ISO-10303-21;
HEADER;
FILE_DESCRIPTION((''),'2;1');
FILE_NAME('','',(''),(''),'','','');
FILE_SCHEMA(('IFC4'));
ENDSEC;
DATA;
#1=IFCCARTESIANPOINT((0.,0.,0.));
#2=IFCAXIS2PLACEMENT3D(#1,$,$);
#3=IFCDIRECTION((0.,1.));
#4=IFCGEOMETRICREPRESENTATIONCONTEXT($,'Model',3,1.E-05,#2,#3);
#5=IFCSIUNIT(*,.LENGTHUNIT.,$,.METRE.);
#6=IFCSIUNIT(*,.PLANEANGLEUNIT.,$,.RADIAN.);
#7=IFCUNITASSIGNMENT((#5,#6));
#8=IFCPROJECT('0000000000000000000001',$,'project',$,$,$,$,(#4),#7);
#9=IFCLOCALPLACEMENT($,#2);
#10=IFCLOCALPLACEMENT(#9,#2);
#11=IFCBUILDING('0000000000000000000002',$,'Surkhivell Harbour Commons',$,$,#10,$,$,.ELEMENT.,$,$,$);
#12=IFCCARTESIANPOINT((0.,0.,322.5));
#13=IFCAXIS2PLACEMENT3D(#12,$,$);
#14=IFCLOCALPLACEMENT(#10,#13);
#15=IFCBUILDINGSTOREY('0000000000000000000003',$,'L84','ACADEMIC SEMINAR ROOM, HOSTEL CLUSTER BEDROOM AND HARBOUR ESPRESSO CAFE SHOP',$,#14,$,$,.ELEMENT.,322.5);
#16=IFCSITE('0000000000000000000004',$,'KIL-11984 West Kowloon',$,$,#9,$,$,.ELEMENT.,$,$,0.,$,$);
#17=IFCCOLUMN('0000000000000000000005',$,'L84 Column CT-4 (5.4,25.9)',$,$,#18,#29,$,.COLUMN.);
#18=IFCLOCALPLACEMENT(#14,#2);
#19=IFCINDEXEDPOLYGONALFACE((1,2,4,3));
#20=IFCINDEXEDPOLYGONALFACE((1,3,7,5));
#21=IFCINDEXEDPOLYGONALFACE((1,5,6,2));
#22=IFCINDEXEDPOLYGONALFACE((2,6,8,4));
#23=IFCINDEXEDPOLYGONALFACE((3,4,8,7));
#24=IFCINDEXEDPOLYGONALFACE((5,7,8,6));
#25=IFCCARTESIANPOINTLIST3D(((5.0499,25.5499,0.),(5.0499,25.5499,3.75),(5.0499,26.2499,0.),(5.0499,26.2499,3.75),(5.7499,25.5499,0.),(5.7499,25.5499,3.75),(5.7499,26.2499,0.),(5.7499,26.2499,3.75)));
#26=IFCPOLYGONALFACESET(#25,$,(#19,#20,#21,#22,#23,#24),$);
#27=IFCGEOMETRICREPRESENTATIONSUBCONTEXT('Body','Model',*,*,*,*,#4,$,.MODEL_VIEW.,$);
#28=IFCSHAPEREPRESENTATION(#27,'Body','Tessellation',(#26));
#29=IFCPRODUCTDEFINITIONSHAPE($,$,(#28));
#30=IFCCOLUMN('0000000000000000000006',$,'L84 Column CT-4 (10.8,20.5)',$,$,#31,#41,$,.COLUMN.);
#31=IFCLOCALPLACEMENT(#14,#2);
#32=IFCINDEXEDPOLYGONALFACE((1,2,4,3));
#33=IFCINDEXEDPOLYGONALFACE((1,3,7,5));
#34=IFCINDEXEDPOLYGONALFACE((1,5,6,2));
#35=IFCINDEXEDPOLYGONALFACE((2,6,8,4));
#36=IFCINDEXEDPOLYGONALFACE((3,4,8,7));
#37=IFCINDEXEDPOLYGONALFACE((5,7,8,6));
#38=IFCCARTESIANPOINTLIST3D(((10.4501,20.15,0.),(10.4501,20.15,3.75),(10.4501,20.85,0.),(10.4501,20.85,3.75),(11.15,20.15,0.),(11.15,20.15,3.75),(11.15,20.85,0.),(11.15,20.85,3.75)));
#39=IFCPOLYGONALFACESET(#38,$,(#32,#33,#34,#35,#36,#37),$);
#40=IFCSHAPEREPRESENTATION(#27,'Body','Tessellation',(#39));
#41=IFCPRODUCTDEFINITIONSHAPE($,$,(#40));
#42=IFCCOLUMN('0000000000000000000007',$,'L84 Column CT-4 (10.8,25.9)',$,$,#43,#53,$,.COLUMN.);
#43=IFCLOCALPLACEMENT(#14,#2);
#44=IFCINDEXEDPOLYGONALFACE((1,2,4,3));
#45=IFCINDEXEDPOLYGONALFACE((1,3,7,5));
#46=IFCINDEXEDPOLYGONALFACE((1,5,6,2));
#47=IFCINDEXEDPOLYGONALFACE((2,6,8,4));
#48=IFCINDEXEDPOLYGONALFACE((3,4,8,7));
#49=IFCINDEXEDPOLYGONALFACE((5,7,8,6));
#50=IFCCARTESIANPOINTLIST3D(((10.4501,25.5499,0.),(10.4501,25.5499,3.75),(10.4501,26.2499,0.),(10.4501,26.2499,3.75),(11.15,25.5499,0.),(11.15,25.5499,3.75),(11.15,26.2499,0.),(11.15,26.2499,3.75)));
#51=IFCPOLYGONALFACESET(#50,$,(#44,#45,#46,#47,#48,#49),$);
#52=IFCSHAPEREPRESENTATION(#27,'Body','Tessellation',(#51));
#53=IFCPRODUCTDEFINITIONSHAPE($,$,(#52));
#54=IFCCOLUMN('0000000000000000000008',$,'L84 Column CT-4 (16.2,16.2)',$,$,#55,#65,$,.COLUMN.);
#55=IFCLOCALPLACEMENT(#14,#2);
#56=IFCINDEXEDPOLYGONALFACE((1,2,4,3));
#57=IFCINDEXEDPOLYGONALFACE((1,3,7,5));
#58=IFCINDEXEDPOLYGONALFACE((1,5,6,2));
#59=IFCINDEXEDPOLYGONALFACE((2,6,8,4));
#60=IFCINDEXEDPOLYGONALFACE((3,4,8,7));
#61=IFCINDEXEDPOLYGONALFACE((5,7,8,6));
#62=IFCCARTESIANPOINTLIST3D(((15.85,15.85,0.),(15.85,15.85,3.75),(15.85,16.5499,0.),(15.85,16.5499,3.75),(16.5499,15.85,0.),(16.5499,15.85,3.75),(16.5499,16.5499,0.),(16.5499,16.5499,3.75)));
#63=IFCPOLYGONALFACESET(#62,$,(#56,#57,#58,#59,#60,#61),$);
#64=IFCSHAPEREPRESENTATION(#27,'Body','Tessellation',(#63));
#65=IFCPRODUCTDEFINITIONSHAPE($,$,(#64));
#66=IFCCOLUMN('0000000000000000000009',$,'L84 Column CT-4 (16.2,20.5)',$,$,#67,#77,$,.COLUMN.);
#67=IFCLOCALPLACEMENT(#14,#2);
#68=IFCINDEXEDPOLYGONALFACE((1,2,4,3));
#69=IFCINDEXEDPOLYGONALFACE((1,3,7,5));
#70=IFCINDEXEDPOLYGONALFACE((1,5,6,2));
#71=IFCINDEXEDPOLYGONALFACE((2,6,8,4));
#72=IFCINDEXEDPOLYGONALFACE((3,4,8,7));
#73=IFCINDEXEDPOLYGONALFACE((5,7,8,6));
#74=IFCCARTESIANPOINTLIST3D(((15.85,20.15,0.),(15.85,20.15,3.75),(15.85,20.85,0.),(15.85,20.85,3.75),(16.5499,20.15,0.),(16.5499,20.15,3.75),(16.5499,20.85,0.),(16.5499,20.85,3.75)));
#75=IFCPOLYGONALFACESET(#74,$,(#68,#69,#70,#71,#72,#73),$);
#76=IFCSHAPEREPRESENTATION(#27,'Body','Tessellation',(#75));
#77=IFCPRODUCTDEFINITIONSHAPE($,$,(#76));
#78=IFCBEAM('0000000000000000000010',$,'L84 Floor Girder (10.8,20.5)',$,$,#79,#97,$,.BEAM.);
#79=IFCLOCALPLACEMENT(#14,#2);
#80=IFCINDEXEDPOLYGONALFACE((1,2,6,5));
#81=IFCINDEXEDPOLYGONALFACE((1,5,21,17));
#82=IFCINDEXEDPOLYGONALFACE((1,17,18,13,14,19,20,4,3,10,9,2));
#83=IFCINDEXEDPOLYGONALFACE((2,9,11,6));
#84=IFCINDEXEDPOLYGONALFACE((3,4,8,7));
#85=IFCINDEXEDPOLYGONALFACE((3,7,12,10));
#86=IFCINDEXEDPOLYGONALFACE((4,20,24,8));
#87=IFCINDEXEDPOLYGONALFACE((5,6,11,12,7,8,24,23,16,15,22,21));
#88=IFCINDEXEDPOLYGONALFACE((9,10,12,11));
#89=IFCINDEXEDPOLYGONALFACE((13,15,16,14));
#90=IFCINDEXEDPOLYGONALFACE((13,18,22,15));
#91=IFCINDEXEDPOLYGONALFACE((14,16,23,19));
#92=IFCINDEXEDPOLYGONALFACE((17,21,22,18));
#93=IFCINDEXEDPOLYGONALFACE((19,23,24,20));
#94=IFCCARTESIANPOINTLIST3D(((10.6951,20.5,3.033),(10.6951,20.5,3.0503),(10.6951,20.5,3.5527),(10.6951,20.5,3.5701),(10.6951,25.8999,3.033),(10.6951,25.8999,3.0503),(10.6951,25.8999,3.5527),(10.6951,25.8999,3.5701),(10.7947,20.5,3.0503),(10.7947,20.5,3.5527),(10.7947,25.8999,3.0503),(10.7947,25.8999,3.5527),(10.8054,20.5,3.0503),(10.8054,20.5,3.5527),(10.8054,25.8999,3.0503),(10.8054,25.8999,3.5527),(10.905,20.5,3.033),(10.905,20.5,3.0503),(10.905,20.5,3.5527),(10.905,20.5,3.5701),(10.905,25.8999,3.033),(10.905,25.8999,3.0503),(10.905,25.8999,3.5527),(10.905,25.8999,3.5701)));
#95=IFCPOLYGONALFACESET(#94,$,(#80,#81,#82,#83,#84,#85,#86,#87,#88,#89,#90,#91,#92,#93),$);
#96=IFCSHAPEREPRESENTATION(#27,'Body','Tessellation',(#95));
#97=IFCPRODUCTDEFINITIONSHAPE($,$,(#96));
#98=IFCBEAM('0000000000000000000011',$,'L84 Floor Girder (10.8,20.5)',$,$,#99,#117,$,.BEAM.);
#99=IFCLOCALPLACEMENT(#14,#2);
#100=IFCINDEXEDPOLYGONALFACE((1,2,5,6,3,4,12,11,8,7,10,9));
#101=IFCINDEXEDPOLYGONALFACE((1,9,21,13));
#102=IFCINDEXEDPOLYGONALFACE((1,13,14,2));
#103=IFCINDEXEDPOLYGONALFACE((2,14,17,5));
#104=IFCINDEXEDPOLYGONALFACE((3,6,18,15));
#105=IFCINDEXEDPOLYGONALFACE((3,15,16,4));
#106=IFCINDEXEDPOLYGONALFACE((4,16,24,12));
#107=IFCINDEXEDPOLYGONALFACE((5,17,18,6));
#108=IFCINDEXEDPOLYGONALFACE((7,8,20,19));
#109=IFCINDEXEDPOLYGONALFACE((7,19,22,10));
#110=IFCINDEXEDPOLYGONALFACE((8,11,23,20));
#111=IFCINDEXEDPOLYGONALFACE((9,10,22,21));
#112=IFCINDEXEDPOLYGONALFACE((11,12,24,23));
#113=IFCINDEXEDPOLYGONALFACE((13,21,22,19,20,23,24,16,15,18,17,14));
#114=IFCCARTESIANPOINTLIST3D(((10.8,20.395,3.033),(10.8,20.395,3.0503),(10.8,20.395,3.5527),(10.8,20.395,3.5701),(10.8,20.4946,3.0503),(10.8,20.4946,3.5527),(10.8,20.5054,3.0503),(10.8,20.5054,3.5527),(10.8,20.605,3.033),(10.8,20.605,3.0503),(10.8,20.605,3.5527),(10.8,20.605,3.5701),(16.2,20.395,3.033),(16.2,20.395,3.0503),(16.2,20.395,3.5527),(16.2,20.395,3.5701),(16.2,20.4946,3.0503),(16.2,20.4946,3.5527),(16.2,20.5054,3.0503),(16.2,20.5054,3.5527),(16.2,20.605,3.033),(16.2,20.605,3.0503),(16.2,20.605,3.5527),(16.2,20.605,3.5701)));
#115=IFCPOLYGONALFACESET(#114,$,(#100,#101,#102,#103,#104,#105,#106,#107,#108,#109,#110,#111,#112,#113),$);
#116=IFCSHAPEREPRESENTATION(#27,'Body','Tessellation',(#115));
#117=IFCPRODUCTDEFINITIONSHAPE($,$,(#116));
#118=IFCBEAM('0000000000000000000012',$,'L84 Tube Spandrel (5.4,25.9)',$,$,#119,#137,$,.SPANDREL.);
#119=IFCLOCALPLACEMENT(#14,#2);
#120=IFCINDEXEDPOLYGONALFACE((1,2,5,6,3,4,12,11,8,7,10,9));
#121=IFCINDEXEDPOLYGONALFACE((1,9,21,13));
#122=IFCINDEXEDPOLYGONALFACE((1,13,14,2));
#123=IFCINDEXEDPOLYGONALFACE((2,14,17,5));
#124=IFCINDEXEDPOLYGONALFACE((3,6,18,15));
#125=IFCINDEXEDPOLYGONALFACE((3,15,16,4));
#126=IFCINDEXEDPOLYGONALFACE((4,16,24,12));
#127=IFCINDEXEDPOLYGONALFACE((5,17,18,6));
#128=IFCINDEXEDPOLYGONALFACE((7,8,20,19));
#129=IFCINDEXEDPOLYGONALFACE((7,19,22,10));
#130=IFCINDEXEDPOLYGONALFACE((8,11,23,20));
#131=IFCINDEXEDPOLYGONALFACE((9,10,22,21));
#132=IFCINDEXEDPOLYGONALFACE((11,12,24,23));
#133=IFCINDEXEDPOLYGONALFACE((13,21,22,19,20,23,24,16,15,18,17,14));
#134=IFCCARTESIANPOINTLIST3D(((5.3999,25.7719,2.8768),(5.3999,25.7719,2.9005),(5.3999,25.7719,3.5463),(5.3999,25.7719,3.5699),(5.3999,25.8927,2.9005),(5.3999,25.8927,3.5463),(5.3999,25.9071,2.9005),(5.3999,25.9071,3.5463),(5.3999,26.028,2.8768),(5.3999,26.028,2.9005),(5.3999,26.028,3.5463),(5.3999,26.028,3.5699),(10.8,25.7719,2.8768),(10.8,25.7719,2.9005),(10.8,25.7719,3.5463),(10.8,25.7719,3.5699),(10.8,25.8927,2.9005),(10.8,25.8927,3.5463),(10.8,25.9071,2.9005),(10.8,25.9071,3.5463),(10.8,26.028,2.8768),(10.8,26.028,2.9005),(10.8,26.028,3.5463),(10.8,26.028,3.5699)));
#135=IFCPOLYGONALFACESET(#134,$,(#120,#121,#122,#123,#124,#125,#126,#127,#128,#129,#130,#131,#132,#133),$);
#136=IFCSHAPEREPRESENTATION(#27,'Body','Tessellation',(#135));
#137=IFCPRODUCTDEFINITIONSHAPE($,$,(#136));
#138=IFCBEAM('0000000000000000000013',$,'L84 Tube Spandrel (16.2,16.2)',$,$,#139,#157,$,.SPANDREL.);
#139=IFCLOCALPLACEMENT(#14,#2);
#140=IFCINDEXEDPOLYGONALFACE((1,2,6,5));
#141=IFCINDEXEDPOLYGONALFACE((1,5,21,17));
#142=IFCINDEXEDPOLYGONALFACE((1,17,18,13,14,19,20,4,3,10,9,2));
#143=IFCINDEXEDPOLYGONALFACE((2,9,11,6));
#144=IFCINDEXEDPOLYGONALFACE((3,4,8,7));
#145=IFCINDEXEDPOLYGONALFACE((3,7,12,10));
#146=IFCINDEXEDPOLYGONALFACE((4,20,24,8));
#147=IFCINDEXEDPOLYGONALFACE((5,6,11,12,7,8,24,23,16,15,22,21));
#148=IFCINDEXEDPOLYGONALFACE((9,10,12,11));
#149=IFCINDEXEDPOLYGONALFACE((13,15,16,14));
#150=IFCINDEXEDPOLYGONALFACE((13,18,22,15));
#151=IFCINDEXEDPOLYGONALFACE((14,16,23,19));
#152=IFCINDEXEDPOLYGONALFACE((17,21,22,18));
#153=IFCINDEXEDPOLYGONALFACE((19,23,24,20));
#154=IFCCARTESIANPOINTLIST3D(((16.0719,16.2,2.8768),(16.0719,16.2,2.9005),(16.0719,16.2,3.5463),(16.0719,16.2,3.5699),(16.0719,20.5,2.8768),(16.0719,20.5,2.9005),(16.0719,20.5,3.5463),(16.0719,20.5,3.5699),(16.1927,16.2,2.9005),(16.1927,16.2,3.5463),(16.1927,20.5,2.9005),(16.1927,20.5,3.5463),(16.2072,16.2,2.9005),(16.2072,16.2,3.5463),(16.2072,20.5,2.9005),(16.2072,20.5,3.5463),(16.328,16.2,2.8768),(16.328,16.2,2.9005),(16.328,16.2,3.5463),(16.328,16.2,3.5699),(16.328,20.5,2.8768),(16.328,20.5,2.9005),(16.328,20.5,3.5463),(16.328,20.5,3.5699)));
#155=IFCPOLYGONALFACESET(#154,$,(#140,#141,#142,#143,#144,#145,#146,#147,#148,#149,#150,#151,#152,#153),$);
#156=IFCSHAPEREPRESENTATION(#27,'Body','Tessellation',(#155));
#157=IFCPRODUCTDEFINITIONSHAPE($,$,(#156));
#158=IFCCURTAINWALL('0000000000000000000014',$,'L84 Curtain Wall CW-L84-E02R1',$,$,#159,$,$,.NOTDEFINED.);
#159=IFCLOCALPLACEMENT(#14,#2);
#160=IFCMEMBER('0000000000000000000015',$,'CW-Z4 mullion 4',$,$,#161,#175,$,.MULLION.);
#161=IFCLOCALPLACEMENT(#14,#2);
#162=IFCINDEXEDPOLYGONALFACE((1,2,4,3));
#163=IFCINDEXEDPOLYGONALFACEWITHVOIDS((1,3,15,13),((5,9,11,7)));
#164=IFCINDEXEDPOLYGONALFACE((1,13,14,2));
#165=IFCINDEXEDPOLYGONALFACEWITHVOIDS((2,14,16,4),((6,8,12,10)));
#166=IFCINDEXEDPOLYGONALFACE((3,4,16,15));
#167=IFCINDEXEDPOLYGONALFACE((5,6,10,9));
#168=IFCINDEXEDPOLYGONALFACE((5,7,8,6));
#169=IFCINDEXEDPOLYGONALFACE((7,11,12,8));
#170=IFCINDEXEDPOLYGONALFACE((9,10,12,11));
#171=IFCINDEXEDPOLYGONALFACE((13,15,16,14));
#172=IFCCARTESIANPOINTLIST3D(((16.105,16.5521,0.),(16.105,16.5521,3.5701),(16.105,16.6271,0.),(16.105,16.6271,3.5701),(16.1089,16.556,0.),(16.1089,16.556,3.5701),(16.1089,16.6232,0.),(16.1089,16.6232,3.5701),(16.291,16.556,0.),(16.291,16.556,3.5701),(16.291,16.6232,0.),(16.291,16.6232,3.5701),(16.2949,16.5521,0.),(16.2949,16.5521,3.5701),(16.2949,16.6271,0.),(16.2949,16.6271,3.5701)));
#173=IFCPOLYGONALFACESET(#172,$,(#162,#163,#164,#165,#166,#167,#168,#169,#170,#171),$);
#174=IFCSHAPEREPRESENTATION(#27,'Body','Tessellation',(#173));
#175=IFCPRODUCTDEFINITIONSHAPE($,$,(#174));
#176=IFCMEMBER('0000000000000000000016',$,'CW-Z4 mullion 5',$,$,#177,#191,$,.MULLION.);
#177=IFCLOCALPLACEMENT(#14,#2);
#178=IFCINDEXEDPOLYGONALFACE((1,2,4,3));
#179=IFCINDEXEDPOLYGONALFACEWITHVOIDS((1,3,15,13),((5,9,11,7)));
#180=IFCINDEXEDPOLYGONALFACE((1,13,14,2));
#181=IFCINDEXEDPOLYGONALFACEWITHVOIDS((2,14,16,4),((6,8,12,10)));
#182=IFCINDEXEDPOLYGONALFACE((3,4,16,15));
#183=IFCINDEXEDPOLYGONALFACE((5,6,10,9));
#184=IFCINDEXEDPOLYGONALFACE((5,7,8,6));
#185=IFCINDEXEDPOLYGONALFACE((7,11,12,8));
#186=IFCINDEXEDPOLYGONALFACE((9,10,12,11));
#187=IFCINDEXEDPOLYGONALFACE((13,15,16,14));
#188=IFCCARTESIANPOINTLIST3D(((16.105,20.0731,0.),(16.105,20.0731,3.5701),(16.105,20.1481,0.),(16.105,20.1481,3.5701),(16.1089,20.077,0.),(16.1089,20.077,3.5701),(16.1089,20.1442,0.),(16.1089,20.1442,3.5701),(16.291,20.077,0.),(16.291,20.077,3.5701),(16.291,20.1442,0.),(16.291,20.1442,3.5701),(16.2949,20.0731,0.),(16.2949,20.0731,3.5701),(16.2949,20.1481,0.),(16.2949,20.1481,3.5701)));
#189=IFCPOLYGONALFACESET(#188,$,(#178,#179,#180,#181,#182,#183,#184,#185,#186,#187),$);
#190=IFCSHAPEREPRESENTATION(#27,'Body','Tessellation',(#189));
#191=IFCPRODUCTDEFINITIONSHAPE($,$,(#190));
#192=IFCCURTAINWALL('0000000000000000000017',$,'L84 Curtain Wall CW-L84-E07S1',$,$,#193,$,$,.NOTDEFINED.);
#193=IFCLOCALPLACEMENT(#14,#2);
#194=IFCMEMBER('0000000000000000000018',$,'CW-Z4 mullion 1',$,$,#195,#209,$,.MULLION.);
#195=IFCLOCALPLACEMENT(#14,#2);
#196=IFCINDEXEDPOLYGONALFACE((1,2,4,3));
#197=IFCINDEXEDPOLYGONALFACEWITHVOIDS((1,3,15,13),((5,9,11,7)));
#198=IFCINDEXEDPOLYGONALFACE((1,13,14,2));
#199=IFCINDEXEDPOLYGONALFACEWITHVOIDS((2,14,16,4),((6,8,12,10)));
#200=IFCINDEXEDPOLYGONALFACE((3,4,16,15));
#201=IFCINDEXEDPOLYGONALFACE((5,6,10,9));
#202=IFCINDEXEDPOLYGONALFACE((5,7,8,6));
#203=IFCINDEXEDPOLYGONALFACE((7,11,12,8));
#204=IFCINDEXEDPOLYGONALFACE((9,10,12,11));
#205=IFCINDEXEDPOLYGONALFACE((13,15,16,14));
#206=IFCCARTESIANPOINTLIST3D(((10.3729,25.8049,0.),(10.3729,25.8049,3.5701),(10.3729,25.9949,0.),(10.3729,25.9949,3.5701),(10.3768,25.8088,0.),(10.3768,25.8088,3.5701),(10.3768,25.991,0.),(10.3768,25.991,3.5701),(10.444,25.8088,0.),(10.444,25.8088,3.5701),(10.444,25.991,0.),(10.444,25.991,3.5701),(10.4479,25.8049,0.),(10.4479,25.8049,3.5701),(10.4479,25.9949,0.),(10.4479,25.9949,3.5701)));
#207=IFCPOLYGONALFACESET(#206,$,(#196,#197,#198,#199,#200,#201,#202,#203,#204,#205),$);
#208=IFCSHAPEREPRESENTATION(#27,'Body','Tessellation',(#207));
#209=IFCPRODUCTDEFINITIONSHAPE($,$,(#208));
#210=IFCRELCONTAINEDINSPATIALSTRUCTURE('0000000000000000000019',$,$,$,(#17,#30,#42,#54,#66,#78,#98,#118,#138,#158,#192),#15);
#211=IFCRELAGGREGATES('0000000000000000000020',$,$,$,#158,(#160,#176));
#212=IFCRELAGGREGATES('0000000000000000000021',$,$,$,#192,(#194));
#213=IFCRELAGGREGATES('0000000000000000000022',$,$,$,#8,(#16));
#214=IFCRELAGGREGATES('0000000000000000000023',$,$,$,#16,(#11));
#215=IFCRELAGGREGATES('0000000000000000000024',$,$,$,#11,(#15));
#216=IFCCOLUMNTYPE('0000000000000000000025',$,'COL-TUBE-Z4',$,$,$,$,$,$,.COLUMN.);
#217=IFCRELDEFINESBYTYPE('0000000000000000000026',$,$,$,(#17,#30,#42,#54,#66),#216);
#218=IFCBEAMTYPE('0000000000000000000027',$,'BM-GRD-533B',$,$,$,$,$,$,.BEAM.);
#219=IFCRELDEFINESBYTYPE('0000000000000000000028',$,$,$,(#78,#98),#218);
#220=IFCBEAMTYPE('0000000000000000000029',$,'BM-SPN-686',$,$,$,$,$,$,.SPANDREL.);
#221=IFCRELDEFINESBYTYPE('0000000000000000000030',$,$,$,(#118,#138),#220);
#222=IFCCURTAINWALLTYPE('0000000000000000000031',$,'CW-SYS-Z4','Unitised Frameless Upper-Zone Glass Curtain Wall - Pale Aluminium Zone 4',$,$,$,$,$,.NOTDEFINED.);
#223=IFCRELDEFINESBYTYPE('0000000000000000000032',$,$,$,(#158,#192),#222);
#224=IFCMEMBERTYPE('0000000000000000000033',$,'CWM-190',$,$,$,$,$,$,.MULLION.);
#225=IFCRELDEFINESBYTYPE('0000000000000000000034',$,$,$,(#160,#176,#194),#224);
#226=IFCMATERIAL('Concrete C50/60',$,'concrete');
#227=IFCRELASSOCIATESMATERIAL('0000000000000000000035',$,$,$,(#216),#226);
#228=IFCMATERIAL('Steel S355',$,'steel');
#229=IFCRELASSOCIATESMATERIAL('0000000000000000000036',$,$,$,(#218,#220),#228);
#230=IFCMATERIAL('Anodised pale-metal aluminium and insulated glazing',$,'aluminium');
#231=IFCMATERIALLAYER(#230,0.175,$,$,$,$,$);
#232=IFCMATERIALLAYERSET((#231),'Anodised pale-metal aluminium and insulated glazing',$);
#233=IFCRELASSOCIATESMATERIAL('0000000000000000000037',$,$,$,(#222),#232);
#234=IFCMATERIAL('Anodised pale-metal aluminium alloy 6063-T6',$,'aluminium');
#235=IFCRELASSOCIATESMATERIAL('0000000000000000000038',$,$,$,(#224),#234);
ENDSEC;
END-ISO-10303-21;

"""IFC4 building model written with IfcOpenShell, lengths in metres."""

from ifc_helpers import new_model, si_unit, direction, frame, origin, origin_2d, place, context, subcontext, project, spatial, rectangle, hollow_rectangle, i_section, extrude, material, layer, layer_set, material_profile, profile_set, type_object, element, aggregate, save


model = new_model("IFC4")

# Units and contexts
model_context = context("Model", 3, precision=1e-05, world=origin(), true_north=direction((0.0, 1.0)))
body_context = subcontext(model_context, "Body", "Model", "MODEL_VIEW")
ifc_project = project(units=[si_unit("LENGTHUNIT", "METRE"), si_unit("PLANEANGLEUNIT", "RADIAN")], contexts=[model_context])

# Site, building, storey
site_placement = place(None, origin())
site = spatial("IfcSite", under=ifc_project, at=site_placement, Name="KIL-11984 West Kowloon", CompositionType="ELEMENT", RefElevation=0.0)
building_placement = place(site_placement, origin())
building = spatial("IfcBuilding", under=site, at=building_placement, Name="Surkhivell Harbour Commons", CompositionType="ELEMENT")
storey_placement = place(building_placement, frame((0.0, 0.0, 322.5)))
storey = spatial("IfcBuildingStorey", under=building, at=storey_placement, Name="L84", Description="ACADEMIC SEMINAR ROOM, HOSTEL CLUSTER BEDROOM AND HARBOUR ESPRESSO CAFE SHOP", CompositionType="ELEMENT", Elevation=322.5)

# Columns
ifc_material_1 = material(Name="Concrete C50/60", Category="concrete")
ifc_material_profile_1 = material_profile(ifc_material_1, rectangle(XDim=0.7, YDim=0.7, at=origin_2d()), Name="RC-COL-700x700")
ifc_profile_set_1 = profile_set([ifc_material_profile_1], Name="Concrete C50/60")
column_type = type_object("IfcColumnType", Name="COL-TUBE-Z4", PredefinedType="COLUMN", material=ifc_profile_set_1)
for number, where, z_axis, x_axis, name in (
    (1, (5.3999, 25.8999, 0.0), (0.0, 0.0, 1.0), (1.0, 0.0, 0.0), "L84 Column CT-4 (5.4,25.9)"),
    (2, (10.8, 20.5, 0.0), (0.0, 0.0, 1.0), (1.0, 0.0, 0.0), "L84 Column CT-4 (10.8,20.5)"),
    (3, (10.8, 25.8999, 0.0), (0.0, 0.0, 1.0), (1.0, 0.0, 0.0), "L84 Column CT-4 (10.8,25.9)"),
    (4, (16.2, 16.2, 0.0), (0.0, 0.0, 1.0), (1.0, 0.0, 0.0), "L84 Column CT-4 (16.2,16.2)"),
    (5, (16.2, 20.5, 0.0), (0.0, 0.0, 1.0), (1.0, 0.0, 0.0), "L84 Column CT-4 (16.2,20.5)"),
):
    element("IfcColumn", number, at=place(storey_placement, frame(where, z_axis=z_axis, x_axis=x_axis)), inside=storey, type_object=column_type, Name=name, PredefinedType="COLUMN", context=body_context, shape_type="SweptSolid", body=[
        extrude(rectangle(XDim=0.7, YDim=0.7, at=origin_2d()), origin(), (0.0, 0.0, 1.0), 3.75),
    ])

# Beams
ifc_material_2 = material(Name="Steel S355", Category="steel")
ifc_material_profile_2 = material_profile(ifc_material_2, i_section(OverallWidth=0.21, OverallDepth=0.5371, WebThickness=0.0107, FlangeThickness=0.0173, at=origin_2d()), Name="UB533x210x101")
ifc_profile_set_2 = profile_set([ifc_material_profile_2], Name="Steel S355")
beam_type_1 = type_object("IfcBeamType", Name="BM-GRD-533B", PredefinedType="BEAM", material=ifc_profile_set_2)
for number, where, z_axis, x_axis, name in (
    (6, (10.8, 20.5, 3.3015), (0.0, 1.0, 0.0), (-1.0, 0.0, 0.0), "L84 Floor Girder (10.8,20.5)"),
    (7, (10.8, 20.5, 3.3015), (1.0, 0.0, 0.0), (0.0, 1.0, 0.0), "L84 Floor Girder (10.8,20.5)"),
):
    element("IfcBeam", number, at=place(storey_placement, frame(where, z_axis=z_axis, x_axis=x_axis)), inside=storey, type_object=beam_type_1, Name=name, PredefinedType="BEAM", context=body_context, shape_type="SweptSolid", body=[
        extrude(i_section(OverallWidth=0.21, OverallDepth=0.5371, WebThickness=0.0107, FlangeThickness=0.0173, at=origin_2d()), origin(), (0.0, 0.0, 1.0), 5.3999),
    ])
ifc_material_profile_3 = material_profile(ifc_material_2, i_section(OverallWidth=0.2561, OverallDepth=0.6931, WebThickness=0.0144, FlangeThickness=0.0237, at=origin_2d()), Name="UB686x254x170")
ifc_profile_set_3 = profile_set([ifc_material_profile_3], Name="Steel S355")
beam_type_2 = type_object("IfcBeamType", Name="BM-SPN-686", PredefinedType="SPANDREL", material=ifc_profile_set_3)
beam_1_placement = place(storey_placement, frame((5.3999, 25.8999, 3.2234), z_axis=(1.0, 0.0, 0.0), x_axis=(0.0, 1.0, 0.0)))
element("IfcBeam", 8, at=beam_1_placement, inside=storey, type_object=beam_type_2, Name="L84 Tube Spandrel (5.4,25.9)", PredefinedType="SPANDREL", context=body_context, shape_type="SweptSolid", body=[
    extrude(i_section(OverallWidth=0.2561, OverallDepth=0.6931, WebThickness=0.0144, FlangeThickness=0.0237, at=origin_2d()), origin(), (0.0, 0.0, 1.0), 5.4001),
])
beam_2_placement = place(storey_placement, frame((16.2, 16.2, 3.2234), z_axis=(0.0, 1.0, 0.0), x_axis=(-1.0, 0.0, 0.0)))
element("IfcBeam", 9, at=beam_2_placement, inside=storey, type_object=beam_type_2, Name="L84 Tube Spandrel (16.2,16.2)", PredefinedType="SPANDREL", context=body_context, shape_type="SweptSolid", body=[
    extrude(i_section(OverallWidth=0.2561, OverallDepth=0.6931, WebThickness=0.0144, FlangeThickness=0.0237, at=origin_2d()), origin(), (0.0, 0.0, 1.0), 4.3),
])

# Curtain walls, members
ifc_material_3 = material(Name="Anodised pale-metal aluminium and insulated glazing", Category="aluminium")
ifc_layer_1 = layer(ifc_material_3, 0.175)
ifc_layer_set_1 = layer_set([ifc_layer_1], Name="Anodised pale-metal aluminium and insulated glazing")
curtain_wall_type = type_object("IfcCurtainWallType", Name="CW-SYS-Z4", Description="Unitised Frameless Upper-Zone Glass Curtain Wall - Pale Aluminium Zone 4", PredefinedType="NOTDEFINED", material=ifc_layer_set_1)
curtain_wall_1_placement = place(storey_placement, origin())
curtain_wall_1 = element("IfcCurtainWall", 10, at=curtain_wall_1_placement, inside=storey, type_object=curtain_wall_type, Name="L84 Curtain Wall CW-L84-E02R1", PredefinedType="NOTDEFINED")
ifc_material_4 = material(Name="Anodised pale-metal aluminium alloy 6063-T6", Category="aluminium")
ifc_material_profile_4 = material_profile(ifc_material_4, hollow_rectangle(XDim=0.075, YDim=0.1899, WallThickness=0.0039, at=origin_2d()), Name="ALU-MULL-75x190")
ifc_profile_set_4 = profile_set([ifc_material_profile_4], Name="Anodised pale-metal aluminium alloy 6063-T6")
member_type_1 = type_object("IfcMemberType", Name="CWM-190", PredefinedType="MULLION", material=ifc_profile_set_4)
member_1_placement = place(storey_placement, frame((16.2, 16.5896, 0.0), z_axis=(0.0, 0.0, 1.0), x_axis=(0.0, 1.0, 0.0)))
member_1 = element("IfcMember", 11, at=member_1_placement, type_object=member_type_1, Name="CW-Z4 mullion 4", PredefinedType="MULLION", context=body_context, shape_type="SweptSolid", body=[
    extrude(hollow_rectangle(XDim=0.075, YDim=0.1899, WallThickness=0.0039, at=origin_2d()), origin(), (0.0, 0.0, 1.0), 3.5701),
])
member_2_placement = place(storey_placement, frame((16.2, 20.1106, 0.0), z_axis=(0.0, 0.0, 1.0), x_axis=(0.0, 1.0, 0.0)))
member_2 = element("IfcMember", 12, at=member_2_placement, type_object=member_type_1, Name="CW-Z4 mullion 5", PredefinedType="MULLION", context=body_context, shape_type="SweptSolid", body=[
    extrude(hollow_rectangle(XDim=0.075, YDim=0.1899, WallThickness=0.0039, at=origin_2d()), origin(), (0.0, 0.0, 1.0), 3.5701),
])
curtain_wall_2_placement = place(storey_placement, origin())
curtain_wall_2 = element("IfcCurtainWall", 13, at=curtain_wall_2_placement, inside=storey, type_object=curtain_wall_type, Name="L84 Curtain Wall CW-L84-E07S1", PredefinedType="NOTDEFINED")
member_3_placement = place(storey_placement, frame((10.4104, 25.8999, 0.0), z_axis=(0.0, 0.0, 1.0), x_axis=(-1.0, 0.0, 0.0)))
member_3 = element("IfcMember", 14, at=member_3_placement, type_object=member_type_1, Name="CW-Z4 mullion 1", PredefinedType="MULLION", context=body_context, shape_type="SweptSolid", body=[
    extrude(hollow_rectangle(XDim=0.075, YDim=0.1899, WallThickness=0.0039, at=origin_2d()), origin(), (0.0, 0.0, 1.0), 3.5701),
])

aggregate(curtain_wall_1, [member_1, member_2])
aggregate(curtain_wall_2, [member_3])

save(model, "model.ifc")
